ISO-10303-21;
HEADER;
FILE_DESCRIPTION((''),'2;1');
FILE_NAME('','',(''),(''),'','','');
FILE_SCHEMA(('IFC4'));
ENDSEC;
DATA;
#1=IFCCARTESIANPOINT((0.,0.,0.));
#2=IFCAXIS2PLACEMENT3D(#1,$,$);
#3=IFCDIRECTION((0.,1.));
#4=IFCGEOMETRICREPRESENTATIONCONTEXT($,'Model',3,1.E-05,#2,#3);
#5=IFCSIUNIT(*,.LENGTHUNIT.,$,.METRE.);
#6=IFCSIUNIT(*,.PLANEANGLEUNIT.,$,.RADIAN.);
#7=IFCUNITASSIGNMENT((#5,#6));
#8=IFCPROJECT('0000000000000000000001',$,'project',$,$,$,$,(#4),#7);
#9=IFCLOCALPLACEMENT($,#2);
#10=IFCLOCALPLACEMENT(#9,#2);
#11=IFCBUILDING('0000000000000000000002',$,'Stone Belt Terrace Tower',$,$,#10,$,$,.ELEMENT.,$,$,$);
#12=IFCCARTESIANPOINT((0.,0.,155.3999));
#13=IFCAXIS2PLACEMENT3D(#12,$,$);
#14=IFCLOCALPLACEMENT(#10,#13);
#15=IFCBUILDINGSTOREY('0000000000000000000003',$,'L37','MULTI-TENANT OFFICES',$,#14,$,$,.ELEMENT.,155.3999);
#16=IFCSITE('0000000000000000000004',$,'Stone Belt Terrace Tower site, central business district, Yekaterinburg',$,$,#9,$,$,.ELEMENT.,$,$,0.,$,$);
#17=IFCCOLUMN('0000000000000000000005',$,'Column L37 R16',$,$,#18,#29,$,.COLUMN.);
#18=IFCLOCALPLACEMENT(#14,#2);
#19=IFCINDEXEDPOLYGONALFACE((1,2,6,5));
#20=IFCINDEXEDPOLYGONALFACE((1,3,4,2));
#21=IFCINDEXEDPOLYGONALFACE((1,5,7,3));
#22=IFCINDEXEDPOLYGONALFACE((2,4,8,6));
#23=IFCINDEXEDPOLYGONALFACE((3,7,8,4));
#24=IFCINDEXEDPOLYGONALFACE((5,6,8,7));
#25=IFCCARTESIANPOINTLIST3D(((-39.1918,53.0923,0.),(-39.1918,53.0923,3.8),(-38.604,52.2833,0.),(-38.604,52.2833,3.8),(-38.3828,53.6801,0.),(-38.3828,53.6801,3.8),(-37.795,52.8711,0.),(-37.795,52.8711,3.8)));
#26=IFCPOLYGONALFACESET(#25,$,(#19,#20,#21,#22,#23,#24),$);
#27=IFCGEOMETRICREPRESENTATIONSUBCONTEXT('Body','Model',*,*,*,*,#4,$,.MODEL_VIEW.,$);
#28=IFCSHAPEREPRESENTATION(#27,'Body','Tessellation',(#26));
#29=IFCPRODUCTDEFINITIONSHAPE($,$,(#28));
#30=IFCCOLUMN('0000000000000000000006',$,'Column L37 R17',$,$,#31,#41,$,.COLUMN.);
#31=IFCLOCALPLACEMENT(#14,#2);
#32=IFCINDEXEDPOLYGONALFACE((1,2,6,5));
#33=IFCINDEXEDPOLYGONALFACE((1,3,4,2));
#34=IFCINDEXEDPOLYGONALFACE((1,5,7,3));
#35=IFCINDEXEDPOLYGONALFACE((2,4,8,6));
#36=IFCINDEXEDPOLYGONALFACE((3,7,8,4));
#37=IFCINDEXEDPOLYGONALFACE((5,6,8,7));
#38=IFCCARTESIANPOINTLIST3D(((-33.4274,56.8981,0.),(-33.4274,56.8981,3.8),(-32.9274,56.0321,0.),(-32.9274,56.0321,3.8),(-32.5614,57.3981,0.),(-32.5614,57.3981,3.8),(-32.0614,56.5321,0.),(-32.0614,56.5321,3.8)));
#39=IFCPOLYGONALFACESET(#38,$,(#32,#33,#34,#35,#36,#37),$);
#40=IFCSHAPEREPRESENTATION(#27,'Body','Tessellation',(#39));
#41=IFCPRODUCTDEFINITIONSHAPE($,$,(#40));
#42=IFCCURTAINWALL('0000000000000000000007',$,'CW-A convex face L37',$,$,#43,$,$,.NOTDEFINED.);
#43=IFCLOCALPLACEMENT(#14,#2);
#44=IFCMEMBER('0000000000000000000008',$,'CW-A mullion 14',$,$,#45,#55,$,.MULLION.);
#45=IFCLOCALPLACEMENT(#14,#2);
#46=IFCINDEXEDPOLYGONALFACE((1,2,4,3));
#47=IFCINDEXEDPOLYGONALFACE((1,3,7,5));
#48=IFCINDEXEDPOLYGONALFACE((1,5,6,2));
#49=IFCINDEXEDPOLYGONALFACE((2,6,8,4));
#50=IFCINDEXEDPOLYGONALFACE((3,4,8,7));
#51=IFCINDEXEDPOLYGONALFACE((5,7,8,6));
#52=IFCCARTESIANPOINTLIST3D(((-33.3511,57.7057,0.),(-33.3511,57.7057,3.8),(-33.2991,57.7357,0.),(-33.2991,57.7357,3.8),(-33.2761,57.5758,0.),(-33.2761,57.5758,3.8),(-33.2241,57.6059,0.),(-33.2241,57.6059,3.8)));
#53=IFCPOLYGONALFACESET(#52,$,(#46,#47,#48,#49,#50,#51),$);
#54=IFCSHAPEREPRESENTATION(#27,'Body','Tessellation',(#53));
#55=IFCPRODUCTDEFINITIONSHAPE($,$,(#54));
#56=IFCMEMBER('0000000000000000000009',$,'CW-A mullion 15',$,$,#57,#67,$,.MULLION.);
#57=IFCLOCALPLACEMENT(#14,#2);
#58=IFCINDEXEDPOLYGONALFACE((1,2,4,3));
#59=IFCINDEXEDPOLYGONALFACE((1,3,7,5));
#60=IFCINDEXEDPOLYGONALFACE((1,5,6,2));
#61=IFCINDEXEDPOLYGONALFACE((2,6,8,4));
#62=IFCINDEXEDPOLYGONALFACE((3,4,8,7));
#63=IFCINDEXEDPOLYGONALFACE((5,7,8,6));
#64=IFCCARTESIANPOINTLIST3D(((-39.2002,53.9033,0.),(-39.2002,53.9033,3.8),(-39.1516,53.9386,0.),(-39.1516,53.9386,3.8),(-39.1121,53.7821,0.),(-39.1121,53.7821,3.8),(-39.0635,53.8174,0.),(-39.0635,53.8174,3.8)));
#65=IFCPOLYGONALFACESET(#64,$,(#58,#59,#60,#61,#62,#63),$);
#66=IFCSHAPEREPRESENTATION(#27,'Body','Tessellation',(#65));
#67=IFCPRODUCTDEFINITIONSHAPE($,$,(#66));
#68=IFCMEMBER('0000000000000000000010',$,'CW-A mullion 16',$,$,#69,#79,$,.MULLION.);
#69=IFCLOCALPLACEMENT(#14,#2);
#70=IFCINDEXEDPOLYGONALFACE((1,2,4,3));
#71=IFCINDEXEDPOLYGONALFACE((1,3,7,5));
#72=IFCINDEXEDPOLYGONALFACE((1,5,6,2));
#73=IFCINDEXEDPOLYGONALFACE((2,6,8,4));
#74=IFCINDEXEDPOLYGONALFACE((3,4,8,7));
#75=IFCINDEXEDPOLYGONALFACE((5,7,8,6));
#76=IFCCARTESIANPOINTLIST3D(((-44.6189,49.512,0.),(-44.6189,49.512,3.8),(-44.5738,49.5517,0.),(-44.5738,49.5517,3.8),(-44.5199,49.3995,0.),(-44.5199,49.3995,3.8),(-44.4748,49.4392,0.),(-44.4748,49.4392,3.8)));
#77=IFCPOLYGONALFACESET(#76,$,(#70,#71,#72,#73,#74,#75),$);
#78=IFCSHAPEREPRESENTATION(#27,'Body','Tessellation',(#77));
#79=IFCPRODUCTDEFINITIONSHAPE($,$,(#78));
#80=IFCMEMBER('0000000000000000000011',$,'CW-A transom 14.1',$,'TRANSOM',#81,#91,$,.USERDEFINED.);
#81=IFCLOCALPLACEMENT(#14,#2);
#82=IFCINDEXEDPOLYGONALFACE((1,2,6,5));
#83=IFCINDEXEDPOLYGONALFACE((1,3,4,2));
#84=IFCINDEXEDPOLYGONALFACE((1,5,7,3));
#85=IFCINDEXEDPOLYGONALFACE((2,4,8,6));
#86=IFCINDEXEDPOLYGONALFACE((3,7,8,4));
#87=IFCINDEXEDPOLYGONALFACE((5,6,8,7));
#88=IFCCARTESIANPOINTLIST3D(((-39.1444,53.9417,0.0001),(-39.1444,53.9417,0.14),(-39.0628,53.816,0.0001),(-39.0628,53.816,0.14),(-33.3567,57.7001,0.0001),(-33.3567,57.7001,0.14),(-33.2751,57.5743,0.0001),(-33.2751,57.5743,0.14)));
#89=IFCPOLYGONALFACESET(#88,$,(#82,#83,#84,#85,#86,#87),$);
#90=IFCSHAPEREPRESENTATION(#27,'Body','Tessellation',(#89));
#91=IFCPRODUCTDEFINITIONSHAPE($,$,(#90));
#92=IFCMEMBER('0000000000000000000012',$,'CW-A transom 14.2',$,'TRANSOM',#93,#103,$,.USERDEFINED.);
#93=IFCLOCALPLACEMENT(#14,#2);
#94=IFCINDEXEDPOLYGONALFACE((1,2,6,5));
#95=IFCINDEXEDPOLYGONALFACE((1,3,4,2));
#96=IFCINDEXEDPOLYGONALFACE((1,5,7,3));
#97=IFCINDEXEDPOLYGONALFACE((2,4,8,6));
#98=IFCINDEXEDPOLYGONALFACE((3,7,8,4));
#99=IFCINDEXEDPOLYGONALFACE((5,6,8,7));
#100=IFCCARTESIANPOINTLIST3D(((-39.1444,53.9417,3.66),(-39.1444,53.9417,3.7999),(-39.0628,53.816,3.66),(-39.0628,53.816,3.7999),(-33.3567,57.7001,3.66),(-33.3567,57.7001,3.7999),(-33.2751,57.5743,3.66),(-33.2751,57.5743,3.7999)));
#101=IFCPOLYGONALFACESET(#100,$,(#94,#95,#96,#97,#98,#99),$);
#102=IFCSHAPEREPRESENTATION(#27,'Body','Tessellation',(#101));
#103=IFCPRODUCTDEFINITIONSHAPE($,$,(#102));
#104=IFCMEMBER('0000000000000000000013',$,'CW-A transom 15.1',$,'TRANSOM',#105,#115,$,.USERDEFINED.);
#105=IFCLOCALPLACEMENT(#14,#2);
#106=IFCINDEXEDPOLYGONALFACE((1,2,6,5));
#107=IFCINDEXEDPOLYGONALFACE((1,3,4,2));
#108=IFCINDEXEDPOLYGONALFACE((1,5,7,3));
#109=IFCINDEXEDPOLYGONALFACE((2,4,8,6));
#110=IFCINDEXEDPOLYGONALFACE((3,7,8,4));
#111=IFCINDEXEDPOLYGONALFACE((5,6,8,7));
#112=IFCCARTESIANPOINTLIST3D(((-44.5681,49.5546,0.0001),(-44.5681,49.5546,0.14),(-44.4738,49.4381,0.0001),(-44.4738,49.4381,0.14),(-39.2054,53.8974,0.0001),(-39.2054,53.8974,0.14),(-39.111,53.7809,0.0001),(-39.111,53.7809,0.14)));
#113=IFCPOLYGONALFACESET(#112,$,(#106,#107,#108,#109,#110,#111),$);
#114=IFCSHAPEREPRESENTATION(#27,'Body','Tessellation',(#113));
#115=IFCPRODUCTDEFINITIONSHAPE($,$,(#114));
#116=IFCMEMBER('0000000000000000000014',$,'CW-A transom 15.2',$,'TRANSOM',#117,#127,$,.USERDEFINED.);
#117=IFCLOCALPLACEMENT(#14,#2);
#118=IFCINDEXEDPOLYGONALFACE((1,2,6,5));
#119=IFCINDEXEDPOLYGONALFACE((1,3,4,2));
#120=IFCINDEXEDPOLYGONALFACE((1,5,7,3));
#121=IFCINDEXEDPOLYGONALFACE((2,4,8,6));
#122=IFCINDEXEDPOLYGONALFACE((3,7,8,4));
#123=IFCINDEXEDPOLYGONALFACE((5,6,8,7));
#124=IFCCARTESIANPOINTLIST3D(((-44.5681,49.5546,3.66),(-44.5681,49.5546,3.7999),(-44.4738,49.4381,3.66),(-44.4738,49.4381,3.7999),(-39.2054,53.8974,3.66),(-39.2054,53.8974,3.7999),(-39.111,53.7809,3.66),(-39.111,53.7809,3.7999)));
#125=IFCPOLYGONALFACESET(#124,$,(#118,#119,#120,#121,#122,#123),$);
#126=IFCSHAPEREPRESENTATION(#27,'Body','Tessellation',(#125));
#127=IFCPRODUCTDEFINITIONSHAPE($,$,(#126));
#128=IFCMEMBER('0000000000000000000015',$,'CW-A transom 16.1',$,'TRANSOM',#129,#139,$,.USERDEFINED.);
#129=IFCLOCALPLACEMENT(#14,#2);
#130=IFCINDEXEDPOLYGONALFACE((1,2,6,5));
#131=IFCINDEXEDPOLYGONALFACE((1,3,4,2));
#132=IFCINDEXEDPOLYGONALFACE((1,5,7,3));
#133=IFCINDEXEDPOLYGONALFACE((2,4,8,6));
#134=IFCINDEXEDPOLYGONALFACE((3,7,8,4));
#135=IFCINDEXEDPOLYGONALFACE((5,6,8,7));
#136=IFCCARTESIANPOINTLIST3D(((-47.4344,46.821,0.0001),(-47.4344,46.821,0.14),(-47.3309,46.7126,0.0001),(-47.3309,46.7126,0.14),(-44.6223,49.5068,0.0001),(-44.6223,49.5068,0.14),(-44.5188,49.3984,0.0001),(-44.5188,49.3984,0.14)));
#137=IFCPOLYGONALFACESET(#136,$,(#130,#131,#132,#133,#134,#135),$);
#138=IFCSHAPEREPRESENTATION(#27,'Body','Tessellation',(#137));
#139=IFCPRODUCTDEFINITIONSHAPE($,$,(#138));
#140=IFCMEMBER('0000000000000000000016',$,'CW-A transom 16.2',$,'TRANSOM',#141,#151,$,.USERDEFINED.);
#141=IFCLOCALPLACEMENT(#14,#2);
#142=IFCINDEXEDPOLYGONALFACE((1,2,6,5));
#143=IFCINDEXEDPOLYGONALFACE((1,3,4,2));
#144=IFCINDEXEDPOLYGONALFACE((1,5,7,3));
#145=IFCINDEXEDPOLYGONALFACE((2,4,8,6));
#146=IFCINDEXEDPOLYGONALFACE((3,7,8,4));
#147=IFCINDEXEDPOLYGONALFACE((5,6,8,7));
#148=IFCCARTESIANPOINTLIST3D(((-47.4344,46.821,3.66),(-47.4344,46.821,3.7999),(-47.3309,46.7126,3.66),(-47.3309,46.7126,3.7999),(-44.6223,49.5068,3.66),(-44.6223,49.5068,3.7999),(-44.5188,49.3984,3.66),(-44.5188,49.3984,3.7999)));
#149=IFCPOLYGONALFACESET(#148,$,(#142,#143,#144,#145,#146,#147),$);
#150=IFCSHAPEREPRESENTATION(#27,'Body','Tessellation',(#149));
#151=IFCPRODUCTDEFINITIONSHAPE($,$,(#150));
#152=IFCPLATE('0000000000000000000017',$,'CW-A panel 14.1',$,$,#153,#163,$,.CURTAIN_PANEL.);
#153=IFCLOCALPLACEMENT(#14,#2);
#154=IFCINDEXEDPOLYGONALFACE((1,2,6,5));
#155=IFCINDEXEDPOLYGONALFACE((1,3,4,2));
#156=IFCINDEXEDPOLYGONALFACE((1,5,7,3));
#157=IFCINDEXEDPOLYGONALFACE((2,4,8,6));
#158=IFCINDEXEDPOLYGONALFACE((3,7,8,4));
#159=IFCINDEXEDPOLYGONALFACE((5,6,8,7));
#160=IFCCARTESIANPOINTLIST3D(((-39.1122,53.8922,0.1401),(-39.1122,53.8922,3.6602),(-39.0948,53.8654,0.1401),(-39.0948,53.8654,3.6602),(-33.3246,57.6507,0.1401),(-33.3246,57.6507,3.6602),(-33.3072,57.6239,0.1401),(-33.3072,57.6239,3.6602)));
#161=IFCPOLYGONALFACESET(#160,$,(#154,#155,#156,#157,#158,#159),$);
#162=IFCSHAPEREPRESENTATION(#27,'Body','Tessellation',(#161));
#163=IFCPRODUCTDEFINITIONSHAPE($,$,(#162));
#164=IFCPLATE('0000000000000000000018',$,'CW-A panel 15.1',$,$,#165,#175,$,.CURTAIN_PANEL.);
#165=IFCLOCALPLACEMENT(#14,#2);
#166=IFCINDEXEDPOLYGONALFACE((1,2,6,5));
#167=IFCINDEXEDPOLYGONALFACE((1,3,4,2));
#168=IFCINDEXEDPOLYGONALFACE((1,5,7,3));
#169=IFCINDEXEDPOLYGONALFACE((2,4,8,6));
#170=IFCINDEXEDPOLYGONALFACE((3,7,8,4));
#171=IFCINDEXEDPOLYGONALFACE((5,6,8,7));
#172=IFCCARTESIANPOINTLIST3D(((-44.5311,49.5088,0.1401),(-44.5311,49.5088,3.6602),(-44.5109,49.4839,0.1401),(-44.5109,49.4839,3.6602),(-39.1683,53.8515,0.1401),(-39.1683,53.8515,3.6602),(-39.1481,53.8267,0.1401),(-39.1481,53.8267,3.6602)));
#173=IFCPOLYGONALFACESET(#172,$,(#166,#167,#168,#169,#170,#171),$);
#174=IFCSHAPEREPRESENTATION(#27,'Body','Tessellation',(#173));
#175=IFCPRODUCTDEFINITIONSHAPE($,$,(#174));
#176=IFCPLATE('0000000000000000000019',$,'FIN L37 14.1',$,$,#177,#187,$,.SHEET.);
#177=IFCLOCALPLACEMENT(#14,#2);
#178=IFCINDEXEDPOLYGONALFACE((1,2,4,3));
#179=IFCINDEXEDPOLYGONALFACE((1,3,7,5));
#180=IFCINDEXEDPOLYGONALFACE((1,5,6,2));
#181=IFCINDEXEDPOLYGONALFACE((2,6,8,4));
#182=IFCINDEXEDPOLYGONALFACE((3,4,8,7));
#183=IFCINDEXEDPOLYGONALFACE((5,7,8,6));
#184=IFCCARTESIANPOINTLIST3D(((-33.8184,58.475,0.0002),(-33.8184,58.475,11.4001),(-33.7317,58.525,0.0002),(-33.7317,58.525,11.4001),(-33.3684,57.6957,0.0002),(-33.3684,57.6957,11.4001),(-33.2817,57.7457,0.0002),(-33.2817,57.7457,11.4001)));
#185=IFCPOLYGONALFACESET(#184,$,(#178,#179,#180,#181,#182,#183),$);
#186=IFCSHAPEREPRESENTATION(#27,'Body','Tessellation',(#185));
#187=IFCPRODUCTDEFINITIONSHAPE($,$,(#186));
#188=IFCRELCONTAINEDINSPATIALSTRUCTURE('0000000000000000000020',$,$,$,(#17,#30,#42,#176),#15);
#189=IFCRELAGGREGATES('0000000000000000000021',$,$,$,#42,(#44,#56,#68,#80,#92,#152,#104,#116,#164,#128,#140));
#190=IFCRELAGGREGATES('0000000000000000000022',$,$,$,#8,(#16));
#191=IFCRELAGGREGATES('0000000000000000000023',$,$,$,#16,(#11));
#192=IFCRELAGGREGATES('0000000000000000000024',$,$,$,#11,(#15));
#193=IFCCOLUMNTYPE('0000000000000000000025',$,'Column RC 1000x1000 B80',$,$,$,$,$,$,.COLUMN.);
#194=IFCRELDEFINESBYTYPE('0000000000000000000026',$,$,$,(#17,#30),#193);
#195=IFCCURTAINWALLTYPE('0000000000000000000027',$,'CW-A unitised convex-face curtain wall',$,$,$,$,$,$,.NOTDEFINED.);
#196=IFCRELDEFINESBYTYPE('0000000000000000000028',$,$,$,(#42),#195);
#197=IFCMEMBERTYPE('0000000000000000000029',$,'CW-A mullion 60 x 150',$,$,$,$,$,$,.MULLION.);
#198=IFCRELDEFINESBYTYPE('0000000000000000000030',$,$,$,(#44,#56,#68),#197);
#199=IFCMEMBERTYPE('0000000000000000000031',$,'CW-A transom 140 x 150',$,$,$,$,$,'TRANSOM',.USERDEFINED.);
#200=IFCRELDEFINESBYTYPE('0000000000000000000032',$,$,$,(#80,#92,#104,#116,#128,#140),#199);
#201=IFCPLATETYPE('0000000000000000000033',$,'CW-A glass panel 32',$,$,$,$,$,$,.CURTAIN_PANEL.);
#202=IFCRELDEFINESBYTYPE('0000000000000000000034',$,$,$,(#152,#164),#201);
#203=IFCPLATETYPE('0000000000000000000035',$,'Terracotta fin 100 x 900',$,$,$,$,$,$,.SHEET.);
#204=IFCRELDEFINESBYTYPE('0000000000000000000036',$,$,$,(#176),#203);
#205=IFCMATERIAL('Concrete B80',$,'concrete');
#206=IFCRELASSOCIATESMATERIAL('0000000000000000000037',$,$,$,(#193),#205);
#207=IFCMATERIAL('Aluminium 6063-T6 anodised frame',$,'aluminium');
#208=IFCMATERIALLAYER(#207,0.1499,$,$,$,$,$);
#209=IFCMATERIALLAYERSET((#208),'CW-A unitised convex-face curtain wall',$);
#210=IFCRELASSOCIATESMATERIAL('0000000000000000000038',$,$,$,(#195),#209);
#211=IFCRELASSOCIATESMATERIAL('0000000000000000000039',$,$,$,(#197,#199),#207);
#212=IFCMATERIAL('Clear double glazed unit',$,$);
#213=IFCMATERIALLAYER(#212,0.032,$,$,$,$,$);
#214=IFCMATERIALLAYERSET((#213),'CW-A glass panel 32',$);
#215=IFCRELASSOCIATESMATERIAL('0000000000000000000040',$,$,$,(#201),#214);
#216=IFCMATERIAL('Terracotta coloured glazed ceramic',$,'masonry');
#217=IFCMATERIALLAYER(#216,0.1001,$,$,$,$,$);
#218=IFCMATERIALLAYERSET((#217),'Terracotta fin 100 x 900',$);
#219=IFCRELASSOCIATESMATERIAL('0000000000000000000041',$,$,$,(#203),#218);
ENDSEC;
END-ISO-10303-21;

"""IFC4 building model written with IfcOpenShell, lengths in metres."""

from ifc_helpers import new_model, si_unit, direction, frame, origin, origin_2d, place, context, subcontext, project, spatial, rectangle, extrude, material, layer, layer_set, material_profile, profile_set, type_object, element, aggregate, save


model = new_model("IFC4")

# Units and contexts
model_context = context("Model", 3, precision=1e-05, world=origin(), true_north=direction((0.0, 1.0)))
body_context = subcontext(model_context, "Body", "Model", "MODEL_VIEW")
ifc_project = project(units=[si_unit("LENGTHUNIT", "METRE"), si_unit("PLANEANGLEUNIT", "RADIAN")], contexts=[model_context])

# Site, building, storey
site_placement = place(None, origin())
site = spatial("IfcSite", under=ifc_project, at=site_placement, Name="Stone Belt Terrace Tower site, central business district, Yekaterinburg", CompositionType="ELEMENT", RefElevation=0.0)
building_placement = place(site_placement, origin())
building = spatial("IfcBuilding", under=site, at=building_placement, Name="Stone Belt Terrace Tower", CompositionType="ELEMENT")
storey_placement = place(building_placement, frame((0.0, 0.0, 155.3999)))
storey = spatial("IfcBuildingStorey", under=building, at=storey_placement, Name="L37", Description="MULTI-TENANT OFFICES", CompositionType="ELEMENT", Elevation=155.3999)

# Columns
ifc_material_1 = material(Name="Concrete B80", Category="concrete")
ifc_material_profile_1 = material_profile(ifc_material_1, rectangle(XDim=1.0, YDim=1.0, at=origin_2d()), Name="RC 1000x1000")
ifc_profile_set_1 = profile_set([ifc_material_profile_1], Name="Concrete B80")
column_type = type_object("IfcColumnType", Name="Column RC 1000x1000 B80", PredefinedType="COLUMN", material=ifc_profile_set_1)
for number, where, z_axis, x_axis, name in (
    (1, (-38.4934, 52.9817, 0.0), (0.0, 0.0, 1.0), (0.809017, 0.587785, 0.0), "Column L37 R16"),
    (2, (-32.7444, 56.7151, 0.0), (0.0, 0.0, 1.0), (0.866025, 0.5, 0.0), "Column L37 R17"),
):
    element("IfcColumn", number, at=place(storey_placement, frame(where, z_axis=z_axis, x_axis=x_axis)), inside=storey, type_object=column_type, Name=name, PredefinedType="COLUMN", context=body_context, shape_type="SweptSolid", body=[
        extrude(rectangle(XDim=1.0, YDim=1.0, at=origin_2d()), origin(), (0.0, 0.0, 1.0), 3.8),
    ])

# Curtain wall, members, plates
ifc_material_2 = material(Name="Aluminium 6063-T6 anodised frame", Category="aluminium")
ifc_layer_1 = layer(ifc_material_2, 0.1499)
ifc_layer_set_1 = layer_set([ifc_layer_1], Name="CW-A unitised convex-face curtain wall")
curtain_wall_type = type_object("IfcCurtainWallType", Name="CW-A unitised convex-face curtain wall", PredefinedType="NOTDEFINED", material=ifc_layer_set_1)
curtain_wall_placement = place(storey_placement, origin())
curtain_wall = element("IfcCurtainWall", 3, at=curtain_wall_placement, inside=storey, type_object=curtain_wall_type, Name="CW-A convex face L37", PredefinedType="NOTDEFINED")
ifc_material_profile_2 = material_profile(ifc_material_2, rectangle(XDim=0.1499, YDim=0.0601, at=origin_2d()), Name="Aluminium 6063-T6 60x150")
ifc_profile_set_2 = profile_set([ifc_material_profile_2], Name="Aluminium 6063-T6 anodised frame")
member_type_1 = type_object("IfcMemberType", Name="CW-A mullion 60 x 150", PredefinedType="MULLION", material=ifc_profile_set_2)
member_1_placement = place(storey_placement, frame((-33.2876, 57.6558, 0.0), z_axis=(0.0, 0.0, 1.0), x_axis=(0.5, -0.866025, 0.0)))
member_1 = element("IfcMember", 4, at=member_1_placement, type_object=member_type_1, Name="CW-A mullion 14", PredefinedType="MULLION", context=body_context, shape_type="SweptSolid", body=[
    extrude(rectangle(XDim=0.1499, YDim=0.0601, at=origin_2d()), origin(), (0.0, 0.0, 1.0), 3.8),
])
member_2_placement = place(storey_placement, frame((-39.1318, 53.8604, 0.0), z_axis=(0.0, 0.0, 1.0), x_axis=(0.587785, -0.809017, 0.0)))
member_2 = element("IfcMember", 5, at=member_2_placement, type_object=member_type_1, Name="CW-A mullion 15", PredefinedType="MULLION", context=body_context, shape_type="SweptSolid", body=[
    extrude(rectangle(XDim=0.1499, YDim=0.0601, at=origin_2d()), origin(), (0.0, 0.0, 1.0), 3.8),
])
member_3_placement = place(storey_placement, frame((-44.5469, 49.4756, 0.0), z_axis=(0.0, 0.0, 1.0), x_axis=(0.660573, -0.750761, 0.0)))
member_3 = element("IfcMember", 6, at=member_3_placement, type_object=member_type_1, Name="CW-A mullion 16", PredefinedType="MULLION", context=body_context, shape_type="SweptSolid", body=[
    extrude(rectangle(XDim=0.1499, YDim=0.0601, at=origin_2d()), origin(), (0.0, 0.0, 1.0), 3.8),
])
ifc_material_profile_3 = material_profile(ifc_material_2, rectangle(XDim=0.1499, YDim=0.1399, at=origin_2d()), Name="Aluminium 6063-T6 150x140")
ifc_profile_set_3 = profile_set([ifc_material_profile_3], Name="Aluminium 6063-T6 anodised frame")
member_type_2 = type_object("IfcMemberType", Name="CW-A transom 140 x 150", ElementType="TRANSOM", PredefinedType="USERDEFINED", material=ifc_profile_set_3)
member_4_placement = place(storey_placement, frame((-33.3159, 57.6372, 0.0701), z_axis=(-0.838684, -0.544618, 0.0), x_axis=(0.544618, -0.838684, 0.0)))
member_4 = element("IfcMember", 7, at=member_4_placement, type_object=member_type_2, Name="CW-A transom 14.1", ObjectType="TRANSOM", PredefinedType="USERDEFINED", context=body_context, shape_type="SweptSolid", body=[
    extrude(rectangle(XDim=0.1499, YDim=0.1399, at=origin_2d()), origin(), (0.0, 0.0, 1.0), 6.9009),
])
member_5_placement = place(storey_placement, frame((-33.3159, 57.6372, 3.73), z_axis=(-0.838684, -0.544618, 0.0), x_axis=(0.544618, -0.838684, 0.0)))
member_5 = element("IfcMember", 8, at=member_5_placement, type_object=member_type_2, Name="CW-A transom 14.2", ObjectType="TRANSOM", PredefinedType="USERDEFINED", context=body_context, shape_type="SweptSolid", body=[
    extrude(rectangle(XDim=0.1499, YDim=0.1399, at=origin_2d()), origin(), (0.0, 0.0, 1.0), 6.9009),
])
member_6_placement = place(storey_placement, frame((-39.1582, 53.8391, 0.0701), z_axis=(-0.777141, -0.629326, 0.0), x_axis=(0.629326, -0.777141, 0.0)))
member_6 = element("IfcMember", 9, at=member_6_placement, type_object=member_type_2, Name="CW-A transom 15.1", ObjectType="TRANSOM", PredefinedType="USERDEFINED", context=body_context, shape_type="SweptSolid", body=[
    extrude(rectangle(XDim=0.1499, YDim=0.1399, at=origin_2d()), origin(), (0.0, 0.0, 1.0), 6.9006),
])
member_7_placement = place(storey_placement, frame((-39.1582, 53.8391, 3.73), z_axis=(-0.777141, -0.629326, 0.0), x_axis=(0.629326, -0.777141, 0.0)))
member_7 = element("IfcMember", 10, at=member_7_placement, type_object=member_type_2, Name="CW-A transom 15.2", ObjectType="TRANSOM", PredefinedType="USERDEFINED", context=body_context, shape_type="SweptSolid", body=[
    extrude(rectangle(XDim=0.1499, YDim=0.1399, at=origin_2d()), origin(), (0.0, 0.0, 1.0), 6.9006),
])
member_8_placement = place(storey_placement, frame((-44.5706, 49.4526, 0.0701), z_axis=(-0.72315, -0.690691, 0.0), x_axis=(0.690691, -0.72315, 0.0)))
member_8 = element("IfcMember", 11, at=member_8_placement, type_object=member_type_2, Name="CW-A transom 16.1", ObjectType="TRANSOM", PredefinedType="USERDEFINED", context=body_context, shape_type="SweptSolid", body=[
    extrude(rectangle(XDim=0.1499, YDim=0.1399, at=origin_2d()), origin(), (0.0, 0.0, 1.0), 3.8887),
])
member_9_placement = place(storey_placement, frame((-44.5706, 49.4526, 3.73), z_axis=(-0.72315, -0.690691, 0.0), x_axis=(0.690691, -0.72315, 0.0)))
member_9 = element("IfcMember", 12, at=member_9_placement, type_object=member_type_2, Name="CW-A transom 16.2", ObjectType="TRANSOM", PredefinedType="USERDEFINED", context=body_context, shape_type="SweptSolid", body=[
    extrude(rectangle(XDim=0.1499, YDim=0.1399, at=origin_2d()), origin(), (0.0, 0.0, 1.0), 3.8887),
])
ifc_material_3 = material(Name="Clear double glazed unit")
ifc_layer_2 = layer(ifc_material_3, 0.032)
ifc_layer_set_2 = layer_set([ifc_layer_2], Name="CW-A glass panel 32")
plate_type_1 = type_object("IfcPlateType", Name="CW-A glass panel 32", PredefinedType="CURTAIN_PANEL", material=ifc_layer_set_2)
plate_1_placement = place(storey_placement, frame((-36.2097, 55.7581, 0.1401), z_axis=(0.0, 0.0, 1.0), x_axis=(-0.838671, -0.544639, 0.0)))
plate_1 = element("IfcPlate", 13, at=plate_1_placement, type_object=plate_type_1, Name="CW-A panel 14.1", PredefinedType="CURTAIN_PANEL", context=body_context, shape_type="SweptSolid", body=[
    extrude(rectangle(XDim=6.9009, YDim=0.032, at=origin_2d()), origin(), (0.0, 0.0, 1.0), 3.52),
])
plate_2_placement = place(storey_placement, frame((-41.8396, 51.6677, 0.1401), z_axis=(0.0, 0.0, 1.0), x_axis=(-0.777146, -0.62932, 0.0)))
plate_2 = element("IfcPlate", 14, at=plate_2_placement, type_object=plate_type_1, Name="CW-A panel 15.1", PredefinedType="CURTAIN_PANEL", context=body_context, shape_type="SweptSolid", body=[
    extrude(rectangle(XDim=6.9006, YDim=0.032, at=origin_2d()), origin(), (0.0, 0.0, 1.0), 3.52),
])
aggregate(curtain_wall, [member_1, member_2, member_3, member_4, member_5, plate_1, member_6, member_7, plate_2, member_8, member_9])

# Plate
ifc_material_4 = material(Name="Terracotta coloured glazed ceramic", Category="masonry")
ifc_layer_3 = layer(ifc_material_4, 0.1001)
ifc_layer_set_3 = layer_set([ifc_layer_3], Name="Terracotta fin 100 x 900")
plate_type_2 = type_object("IfcPlateType", Name="Terracotta fin 100 x 900", PredefinedType="SHEET", material=ifc_layer_set_3)
for number, where, z_axis, x_axis, name in (
    (15, (-33.55, 58.1104, 0.0002), (0.0, 0.0, 1.0), (-0.5, 0.866025, 0.0), "FIN L37 14.1"),
):
    element("IfcPlate", number, at=place(storey_placement, frame(where, z_axis=z_axis, x_axis=x_axis)), inside=storey, type_object=plate_type_2, Name=name, PredefinedType="SHEET", context=body_context, shape_type="SweptSolid", body=[
        extrude(rectangle(XDim=0.8999, YDim=0.1001, at=origin_2d()), origin(), (0.0, 0.0, 1.0), 11.3999),
    ])

save(model, "model.ifc")
